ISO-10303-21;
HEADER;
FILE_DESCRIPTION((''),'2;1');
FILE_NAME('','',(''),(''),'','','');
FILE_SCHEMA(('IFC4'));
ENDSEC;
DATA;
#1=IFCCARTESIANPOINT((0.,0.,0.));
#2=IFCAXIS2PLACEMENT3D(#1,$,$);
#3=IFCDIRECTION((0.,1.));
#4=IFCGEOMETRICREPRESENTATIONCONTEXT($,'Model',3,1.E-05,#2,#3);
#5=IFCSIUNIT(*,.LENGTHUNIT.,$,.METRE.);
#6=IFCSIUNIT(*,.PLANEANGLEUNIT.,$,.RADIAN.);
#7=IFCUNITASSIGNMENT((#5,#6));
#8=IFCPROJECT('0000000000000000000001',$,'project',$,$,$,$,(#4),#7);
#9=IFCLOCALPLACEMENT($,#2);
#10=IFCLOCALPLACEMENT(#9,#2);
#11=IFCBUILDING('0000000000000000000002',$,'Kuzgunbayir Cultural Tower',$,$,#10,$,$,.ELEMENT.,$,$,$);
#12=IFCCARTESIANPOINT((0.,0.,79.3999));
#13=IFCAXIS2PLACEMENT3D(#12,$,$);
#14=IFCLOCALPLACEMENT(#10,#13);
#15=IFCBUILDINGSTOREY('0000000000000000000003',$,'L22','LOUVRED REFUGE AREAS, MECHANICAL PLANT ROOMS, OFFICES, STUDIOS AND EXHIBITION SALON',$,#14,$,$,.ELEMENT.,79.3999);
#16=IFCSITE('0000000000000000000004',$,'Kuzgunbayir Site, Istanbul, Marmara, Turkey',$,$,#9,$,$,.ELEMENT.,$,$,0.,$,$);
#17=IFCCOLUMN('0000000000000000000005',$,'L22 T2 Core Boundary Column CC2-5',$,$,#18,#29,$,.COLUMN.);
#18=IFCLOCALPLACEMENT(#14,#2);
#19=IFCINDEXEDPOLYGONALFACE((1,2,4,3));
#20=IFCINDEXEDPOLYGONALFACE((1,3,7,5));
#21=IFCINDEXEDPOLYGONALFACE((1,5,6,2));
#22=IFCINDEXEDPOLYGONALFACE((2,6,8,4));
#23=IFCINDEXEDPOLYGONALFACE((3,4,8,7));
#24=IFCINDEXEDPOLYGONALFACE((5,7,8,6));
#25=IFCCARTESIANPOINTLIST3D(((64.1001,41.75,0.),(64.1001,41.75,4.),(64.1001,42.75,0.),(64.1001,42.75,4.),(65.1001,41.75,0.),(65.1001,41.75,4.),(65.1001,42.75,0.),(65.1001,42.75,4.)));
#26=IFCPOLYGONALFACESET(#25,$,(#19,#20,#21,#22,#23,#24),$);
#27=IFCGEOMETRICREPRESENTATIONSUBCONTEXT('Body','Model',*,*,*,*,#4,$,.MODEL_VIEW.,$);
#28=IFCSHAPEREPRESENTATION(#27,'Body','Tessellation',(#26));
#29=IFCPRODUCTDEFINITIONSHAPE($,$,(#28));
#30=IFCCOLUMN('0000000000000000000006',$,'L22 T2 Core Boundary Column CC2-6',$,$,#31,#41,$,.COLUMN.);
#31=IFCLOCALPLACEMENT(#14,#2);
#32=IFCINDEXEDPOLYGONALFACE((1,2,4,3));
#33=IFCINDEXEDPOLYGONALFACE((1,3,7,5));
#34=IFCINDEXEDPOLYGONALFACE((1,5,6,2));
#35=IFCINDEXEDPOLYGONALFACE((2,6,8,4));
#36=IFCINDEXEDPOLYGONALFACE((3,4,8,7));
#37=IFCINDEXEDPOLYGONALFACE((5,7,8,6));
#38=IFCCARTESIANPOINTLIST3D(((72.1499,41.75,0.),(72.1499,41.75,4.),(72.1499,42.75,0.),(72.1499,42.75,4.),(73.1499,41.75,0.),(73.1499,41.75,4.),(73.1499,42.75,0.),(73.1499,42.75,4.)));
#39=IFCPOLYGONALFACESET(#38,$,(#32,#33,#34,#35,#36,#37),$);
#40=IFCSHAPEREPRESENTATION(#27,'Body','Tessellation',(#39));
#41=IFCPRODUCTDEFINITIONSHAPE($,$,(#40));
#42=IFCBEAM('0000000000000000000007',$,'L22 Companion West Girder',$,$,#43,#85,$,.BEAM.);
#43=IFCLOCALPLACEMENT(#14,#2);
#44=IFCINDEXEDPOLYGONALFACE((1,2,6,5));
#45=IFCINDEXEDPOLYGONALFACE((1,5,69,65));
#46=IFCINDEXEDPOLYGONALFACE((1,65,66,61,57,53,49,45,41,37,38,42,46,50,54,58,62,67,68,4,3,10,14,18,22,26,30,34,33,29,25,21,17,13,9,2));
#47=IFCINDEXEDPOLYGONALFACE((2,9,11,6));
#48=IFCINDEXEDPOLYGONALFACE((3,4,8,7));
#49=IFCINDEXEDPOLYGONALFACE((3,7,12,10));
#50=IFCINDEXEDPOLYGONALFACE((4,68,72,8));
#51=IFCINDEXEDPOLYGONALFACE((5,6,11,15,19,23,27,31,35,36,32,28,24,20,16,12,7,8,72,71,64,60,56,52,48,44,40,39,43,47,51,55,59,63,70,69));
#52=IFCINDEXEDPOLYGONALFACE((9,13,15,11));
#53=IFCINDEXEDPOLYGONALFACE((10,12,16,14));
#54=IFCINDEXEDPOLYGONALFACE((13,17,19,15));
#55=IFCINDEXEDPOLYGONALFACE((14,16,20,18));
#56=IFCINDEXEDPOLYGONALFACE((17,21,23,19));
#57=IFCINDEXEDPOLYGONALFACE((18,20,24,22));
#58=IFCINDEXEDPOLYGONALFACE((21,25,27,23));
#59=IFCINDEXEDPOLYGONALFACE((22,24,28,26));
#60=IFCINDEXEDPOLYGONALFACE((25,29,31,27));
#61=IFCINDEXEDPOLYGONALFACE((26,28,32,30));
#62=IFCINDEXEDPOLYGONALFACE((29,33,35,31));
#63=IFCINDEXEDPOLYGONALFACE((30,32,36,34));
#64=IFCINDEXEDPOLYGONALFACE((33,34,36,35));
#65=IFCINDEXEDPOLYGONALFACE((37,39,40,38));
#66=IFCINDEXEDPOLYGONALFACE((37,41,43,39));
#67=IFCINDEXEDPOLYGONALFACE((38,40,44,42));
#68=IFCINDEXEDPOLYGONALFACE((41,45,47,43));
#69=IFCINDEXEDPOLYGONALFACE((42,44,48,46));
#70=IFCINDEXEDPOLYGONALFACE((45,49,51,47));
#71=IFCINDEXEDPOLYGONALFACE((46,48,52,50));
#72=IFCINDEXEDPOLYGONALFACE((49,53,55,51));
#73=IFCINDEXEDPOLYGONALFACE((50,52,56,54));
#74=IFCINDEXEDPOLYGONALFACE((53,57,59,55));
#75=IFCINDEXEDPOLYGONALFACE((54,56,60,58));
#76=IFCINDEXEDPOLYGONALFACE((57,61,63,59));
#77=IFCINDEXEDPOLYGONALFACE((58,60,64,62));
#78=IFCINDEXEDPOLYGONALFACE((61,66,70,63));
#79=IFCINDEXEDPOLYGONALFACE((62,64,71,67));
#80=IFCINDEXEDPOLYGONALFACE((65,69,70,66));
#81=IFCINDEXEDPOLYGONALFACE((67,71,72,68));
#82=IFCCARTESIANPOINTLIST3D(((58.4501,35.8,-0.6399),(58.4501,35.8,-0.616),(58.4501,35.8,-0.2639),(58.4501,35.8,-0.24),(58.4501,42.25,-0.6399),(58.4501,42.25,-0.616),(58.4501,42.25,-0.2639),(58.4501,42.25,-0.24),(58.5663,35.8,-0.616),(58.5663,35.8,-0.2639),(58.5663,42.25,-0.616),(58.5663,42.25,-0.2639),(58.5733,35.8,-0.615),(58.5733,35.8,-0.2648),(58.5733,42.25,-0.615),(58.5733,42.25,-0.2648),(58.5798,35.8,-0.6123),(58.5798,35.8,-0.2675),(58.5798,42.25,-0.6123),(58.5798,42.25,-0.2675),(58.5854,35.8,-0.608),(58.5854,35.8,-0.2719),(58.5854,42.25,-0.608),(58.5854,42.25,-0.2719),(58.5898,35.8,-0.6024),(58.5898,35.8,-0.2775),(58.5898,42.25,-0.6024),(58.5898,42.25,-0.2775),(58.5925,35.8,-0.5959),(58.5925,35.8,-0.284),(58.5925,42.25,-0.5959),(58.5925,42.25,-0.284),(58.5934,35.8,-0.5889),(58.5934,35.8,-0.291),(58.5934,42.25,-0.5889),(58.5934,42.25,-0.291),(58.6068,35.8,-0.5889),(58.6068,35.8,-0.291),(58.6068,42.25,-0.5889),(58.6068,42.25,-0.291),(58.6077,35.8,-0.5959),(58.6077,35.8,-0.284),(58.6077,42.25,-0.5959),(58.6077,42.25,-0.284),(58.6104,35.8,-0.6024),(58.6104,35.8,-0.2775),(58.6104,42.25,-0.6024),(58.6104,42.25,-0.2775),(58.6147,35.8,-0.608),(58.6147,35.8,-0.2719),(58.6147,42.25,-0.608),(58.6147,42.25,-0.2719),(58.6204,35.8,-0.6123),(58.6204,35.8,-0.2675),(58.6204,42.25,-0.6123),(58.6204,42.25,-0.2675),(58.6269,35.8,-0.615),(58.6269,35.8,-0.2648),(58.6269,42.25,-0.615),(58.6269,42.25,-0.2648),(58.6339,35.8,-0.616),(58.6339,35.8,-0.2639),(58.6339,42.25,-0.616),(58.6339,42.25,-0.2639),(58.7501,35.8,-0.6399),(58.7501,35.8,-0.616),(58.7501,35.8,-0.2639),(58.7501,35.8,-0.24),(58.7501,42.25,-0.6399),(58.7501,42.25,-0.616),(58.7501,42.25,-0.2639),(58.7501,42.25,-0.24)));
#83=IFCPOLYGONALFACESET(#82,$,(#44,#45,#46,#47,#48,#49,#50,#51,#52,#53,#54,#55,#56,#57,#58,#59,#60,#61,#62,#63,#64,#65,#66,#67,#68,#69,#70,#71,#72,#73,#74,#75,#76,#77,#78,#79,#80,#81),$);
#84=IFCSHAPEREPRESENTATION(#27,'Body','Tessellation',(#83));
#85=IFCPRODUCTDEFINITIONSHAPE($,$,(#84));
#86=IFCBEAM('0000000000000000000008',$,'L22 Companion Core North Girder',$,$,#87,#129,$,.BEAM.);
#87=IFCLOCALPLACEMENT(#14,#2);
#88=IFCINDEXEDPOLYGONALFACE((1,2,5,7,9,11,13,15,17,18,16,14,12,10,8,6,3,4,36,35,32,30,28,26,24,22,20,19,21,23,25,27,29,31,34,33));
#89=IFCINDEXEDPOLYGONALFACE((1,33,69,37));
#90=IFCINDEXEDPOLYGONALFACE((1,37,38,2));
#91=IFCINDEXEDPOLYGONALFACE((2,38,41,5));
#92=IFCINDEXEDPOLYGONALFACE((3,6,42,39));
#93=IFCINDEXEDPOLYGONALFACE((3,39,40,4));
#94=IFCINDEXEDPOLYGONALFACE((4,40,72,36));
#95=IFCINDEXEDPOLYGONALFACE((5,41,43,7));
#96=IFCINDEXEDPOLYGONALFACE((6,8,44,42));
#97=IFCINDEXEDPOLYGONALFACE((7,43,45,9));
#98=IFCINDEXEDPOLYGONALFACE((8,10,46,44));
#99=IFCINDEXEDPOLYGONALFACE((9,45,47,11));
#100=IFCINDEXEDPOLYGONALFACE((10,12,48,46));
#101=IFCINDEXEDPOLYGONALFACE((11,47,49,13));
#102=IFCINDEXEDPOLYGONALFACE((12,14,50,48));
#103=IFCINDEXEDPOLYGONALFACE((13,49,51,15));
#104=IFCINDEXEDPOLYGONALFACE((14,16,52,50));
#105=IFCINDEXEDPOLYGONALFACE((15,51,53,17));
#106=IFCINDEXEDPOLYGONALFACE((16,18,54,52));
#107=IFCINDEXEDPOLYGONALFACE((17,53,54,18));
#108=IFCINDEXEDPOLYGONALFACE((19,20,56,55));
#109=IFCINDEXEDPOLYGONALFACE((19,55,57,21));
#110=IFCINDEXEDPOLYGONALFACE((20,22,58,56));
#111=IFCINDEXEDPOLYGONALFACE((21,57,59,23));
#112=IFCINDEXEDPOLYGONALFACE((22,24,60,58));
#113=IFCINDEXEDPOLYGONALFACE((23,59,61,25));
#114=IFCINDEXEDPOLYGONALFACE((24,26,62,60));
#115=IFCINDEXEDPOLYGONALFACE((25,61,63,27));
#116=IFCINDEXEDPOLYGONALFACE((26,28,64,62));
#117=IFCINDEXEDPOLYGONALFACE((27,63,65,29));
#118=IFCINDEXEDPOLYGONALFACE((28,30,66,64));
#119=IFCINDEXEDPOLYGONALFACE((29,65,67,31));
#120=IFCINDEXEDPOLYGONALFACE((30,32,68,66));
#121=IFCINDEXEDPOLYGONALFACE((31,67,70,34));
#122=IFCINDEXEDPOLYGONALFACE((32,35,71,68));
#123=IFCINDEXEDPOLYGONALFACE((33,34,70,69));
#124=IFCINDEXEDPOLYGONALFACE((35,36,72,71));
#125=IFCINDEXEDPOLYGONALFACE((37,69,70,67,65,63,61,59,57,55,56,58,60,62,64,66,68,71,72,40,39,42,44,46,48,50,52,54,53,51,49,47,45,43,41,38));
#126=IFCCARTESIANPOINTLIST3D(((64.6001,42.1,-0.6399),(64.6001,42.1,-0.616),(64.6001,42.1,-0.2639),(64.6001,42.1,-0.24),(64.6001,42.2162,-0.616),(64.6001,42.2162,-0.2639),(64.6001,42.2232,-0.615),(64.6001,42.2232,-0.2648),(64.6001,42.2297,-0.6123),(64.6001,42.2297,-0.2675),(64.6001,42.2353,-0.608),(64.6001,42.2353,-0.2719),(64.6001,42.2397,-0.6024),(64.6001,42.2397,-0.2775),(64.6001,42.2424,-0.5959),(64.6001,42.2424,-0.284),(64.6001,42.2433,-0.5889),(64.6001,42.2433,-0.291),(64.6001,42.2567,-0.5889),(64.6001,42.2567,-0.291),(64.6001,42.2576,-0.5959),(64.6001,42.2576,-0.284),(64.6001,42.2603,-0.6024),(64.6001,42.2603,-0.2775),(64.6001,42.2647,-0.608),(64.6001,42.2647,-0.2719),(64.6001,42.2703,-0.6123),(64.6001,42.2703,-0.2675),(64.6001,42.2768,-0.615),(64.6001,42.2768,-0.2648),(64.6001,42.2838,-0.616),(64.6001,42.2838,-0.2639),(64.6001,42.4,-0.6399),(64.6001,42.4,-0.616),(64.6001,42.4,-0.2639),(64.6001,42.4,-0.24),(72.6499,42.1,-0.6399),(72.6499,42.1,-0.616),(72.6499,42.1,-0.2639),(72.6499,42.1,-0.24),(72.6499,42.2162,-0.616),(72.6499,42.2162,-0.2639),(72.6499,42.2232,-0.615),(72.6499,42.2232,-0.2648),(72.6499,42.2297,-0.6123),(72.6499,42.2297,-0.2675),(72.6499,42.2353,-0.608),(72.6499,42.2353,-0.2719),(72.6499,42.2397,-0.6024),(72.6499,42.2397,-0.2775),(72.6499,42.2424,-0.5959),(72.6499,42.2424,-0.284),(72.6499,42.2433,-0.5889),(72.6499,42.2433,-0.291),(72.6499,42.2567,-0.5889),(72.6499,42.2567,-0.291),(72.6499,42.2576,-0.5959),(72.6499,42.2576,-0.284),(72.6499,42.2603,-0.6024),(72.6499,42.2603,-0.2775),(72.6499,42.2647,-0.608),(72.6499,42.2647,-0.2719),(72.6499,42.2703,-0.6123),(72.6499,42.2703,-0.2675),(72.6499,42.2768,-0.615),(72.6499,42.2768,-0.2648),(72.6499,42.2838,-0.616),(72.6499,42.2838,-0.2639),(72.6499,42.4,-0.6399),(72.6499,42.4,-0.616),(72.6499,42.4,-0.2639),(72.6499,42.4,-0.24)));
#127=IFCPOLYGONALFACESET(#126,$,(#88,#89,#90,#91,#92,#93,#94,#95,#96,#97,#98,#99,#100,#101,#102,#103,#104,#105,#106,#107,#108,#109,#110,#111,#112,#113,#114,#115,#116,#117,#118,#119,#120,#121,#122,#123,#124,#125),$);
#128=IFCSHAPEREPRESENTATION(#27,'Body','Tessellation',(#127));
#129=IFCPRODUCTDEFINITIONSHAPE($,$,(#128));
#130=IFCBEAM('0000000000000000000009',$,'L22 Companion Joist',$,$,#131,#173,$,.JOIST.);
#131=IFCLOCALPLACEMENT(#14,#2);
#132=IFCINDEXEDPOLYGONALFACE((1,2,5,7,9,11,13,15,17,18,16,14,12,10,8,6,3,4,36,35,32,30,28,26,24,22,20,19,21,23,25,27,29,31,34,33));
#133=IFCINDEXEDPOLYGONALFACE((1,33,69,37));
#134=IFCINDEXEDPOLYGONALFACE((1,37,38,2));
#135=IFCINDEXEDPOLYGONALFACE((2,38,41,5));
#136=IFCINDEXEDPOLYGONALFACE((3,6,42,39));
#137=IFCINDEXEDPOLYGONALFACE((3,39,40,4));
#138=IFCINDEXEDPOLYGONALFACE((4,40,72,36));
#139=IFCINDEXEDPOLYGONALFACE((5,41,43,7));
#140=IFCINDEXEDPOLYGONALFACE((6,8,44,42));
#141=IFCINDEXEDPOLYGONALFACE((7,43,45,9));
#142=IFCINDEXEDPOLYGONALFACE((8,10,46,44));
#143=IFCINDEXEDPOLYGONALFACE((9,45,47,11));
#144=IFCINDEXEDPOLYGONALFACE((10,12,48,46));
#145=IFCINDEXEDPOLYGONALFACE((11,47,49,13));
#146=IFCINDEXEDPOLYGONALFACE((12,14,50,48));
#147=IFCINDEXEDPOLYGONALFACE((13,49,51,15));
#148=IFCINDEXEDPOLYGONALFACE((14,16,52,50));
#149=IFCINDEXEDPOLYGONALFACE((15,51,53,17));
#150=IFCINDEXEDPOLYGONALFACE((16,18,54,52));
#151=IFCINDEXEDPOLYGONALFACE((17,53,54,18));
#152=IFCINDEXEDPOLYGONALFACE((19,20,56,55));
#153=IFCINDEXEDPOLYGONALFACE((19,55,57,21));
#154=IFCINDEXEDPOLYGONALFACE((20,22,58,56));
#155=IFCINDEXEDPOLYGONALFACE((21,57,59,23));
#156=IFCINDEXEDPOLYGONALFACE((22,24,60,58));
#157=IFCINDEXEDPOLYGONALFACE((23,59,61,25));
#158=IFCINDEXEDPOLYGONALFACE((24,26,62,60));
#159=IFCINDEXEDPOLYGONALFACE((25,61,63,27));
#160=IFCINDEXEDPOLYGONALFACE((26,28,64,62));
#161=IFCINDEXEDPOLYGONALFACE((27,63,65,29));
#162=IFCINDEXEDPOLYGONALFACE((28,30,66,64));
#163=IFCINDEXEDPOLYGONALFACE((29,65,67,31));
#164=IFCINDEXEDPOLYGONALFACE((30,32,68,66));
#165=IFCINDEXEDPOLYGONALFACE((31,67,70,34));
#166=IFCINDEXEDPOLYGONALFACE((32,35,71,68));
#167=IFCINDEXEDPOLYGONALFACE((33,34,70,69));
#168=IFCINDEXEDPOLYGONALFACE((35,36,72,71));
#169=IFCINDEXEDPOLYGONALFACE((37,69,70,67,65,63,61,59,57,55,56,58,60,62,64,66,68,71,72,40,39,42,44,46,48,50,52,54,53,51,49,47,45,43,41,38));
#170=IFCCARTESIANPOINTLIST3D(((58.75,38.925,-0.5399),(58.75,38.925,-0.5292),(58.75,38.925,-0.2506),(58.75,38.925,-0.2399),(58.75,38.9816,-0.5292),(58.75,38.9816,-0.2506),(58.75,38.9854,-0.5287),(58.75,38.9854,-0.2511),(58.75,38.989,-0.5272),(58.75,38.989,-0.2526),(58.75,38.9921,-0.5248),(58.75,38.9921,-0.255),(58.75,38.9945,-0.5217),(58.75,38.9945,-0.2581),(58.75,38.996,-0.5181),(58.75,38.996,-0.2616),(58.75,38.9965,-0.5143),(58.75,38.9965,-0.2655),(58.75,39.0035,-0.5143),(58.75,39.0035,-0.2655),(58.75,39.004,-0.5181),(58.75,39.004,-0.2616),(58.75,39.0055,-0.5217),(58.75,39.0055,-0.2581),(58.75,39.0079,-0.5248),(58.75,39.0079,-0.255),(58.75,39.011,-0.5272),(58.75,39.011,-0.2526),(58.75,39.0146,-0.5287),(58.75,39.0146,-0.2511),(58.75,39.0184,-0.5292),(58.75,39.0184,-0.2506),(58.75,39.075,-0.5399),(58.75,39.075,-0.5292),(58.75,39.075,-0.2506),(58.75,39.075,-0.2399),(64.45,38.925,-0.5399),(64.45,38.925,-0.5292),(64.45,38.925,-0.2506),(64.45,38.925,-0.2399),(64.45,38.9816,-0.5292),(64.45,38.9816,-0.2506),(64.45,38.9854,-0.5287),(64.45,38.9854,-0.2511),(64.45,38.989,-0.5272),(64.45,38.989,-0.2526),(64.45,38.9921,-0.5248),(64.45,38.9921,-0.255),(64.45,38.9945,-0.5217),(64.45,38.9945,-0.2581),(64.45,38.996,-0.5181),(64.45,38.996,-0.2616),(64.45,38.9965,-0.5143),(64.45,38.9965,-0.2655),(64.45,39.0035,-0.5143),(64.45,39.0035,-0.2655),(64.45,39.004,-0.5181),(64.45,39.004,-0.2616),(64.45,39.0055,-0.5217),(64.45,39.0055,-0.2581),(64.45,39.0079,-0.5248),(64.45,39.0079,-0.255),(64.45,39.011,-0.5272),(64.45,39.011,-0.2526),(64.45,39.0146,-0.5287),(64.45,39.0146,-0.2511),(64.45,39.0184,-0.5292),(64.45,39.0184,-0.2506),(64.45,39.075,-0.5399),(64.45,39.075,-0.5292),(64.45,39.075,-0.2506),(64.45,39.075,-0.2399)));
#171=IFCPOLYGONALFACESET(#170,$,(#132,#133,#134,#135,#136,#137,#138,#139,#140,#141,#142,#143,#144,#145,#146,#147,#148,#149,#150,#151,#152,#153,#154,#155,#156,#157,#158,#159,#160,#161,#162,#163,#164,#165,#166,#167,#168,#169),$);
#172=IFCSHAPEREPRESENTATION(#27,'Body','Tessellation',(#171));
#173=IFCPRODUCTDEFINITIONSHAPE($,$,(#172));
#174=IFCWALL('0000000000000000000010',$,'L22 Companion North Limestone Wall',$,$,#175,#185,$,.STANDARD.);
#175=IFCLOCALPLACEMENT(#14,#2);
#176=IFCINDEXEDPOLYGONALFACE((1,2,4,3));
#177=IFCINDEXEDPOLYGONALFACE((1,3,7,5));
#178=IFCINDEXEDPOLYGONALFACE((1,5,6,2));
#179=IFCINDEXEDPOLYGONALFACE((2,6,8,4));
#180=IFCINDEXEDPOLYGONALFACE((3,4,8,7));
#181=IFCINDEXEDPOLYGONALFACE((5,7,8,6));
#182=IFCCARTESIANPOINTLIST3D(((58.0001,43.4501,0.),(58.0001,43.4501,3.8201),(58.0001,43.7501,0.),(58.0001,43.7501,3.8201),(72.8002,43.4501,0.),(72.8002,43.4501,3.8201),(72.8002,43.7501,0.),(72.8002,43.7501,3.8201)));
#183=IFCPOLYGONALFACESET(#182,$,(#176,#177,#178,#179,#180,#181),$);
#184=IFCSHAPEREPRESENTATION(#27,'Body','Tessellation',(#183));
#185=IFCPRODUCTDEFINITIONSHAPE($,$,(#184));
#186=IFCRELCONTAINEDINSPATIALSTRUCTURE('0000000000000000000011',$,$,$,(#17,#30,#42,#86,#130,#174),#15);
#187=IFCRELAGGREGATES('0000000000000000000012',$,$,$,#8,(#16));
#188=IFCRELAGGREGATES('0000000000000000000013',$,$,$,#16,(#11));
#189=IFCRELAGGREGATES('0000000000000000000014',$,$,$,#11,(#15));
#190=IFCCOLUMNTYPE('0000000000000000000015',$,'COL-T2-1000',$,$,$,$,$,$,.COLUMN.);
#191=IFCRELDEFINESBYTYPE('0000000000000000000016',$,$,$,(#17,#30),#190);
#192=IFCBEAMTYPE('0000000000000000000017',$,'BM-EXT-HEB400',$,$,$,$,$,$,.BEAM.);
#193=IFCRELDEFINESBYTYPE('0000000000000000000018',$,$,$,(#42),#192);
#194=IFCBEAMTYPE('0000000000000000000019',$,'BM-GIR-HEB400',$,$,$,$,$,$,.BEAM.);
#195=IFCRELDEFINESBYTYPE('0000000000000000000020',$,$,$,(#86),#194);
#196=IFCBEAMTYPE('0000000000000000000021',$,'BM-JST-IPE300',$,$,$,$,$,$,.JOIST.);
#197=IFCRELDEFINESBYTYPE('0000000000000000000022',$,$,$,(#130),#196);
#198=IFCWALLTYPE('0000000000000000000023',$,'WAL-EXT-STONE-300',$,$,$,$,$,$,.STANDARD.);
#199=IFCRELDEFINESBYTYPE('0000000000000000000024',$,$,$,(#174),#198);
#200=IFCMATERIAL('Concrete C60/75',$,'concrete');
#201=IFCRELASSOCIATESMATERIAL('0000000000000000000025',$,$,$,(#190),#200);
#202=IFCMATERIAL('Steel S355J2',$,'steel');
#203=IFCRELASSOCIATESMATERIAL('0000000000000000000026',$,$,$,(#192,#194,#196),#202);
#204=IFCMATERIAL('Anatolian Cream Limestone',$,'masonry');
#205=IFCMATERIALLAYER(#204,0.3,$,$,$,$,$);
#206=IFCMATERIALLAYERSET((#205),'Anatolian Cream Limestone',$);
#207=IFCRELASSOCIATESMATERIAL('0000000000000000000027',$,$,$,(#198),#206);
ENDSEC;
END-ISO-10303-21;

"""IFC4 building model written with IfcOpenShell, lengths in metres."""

from ifc_helpers import new_model, si_unit, direction, frame, frame_2d, origin, origin_2d, place, context, subcontext, project, spatial, rectangle, i_section, extrude, material, layer, layer_set, material_profile, profile_set, type_object, element, save


model = new_model("IFC4")

# Units and contexts
model_context = context("Model", 3, precision=1e-05, world=origin(), true_north=direction((0.0, 1.0)))
body_context = subcontext(model_context, "Body", "Model", "MODEL_VIEW")
ifc_project = project(units=[si_unit("LENGTHUNIT", "METRE"), si_unit("PLANEANGLEUNIT", "RADIAN")], contexts=[model_context])

# Site, building, storey
site_placement = place(None, origin())
site = spatial("IfcSite", under=ifc_project, at=site_placement, Name="Kuzgunbayir Site, Istanbul, Marmara, Turkey", CompositionType="ELEMENT", RefElevation=0.0)
building_placement = place(site_placement, origin())
building = spatial("IfcBuilding", under=site, at=building_placement, Name="Kuzgunbayir Cultural Tower", CompositionType="ELEMENT")
storey_placement = place(building_placement, frame((0.0, 0.0, 79.3999)))
storey = spatial("IfcBuildingStorey", under=building, at=storey_placement, Name="L22", Description="LOUVRED REFUGE AREAS, MECHANICAL PLANT ROOMS, OFFICES, STUDIOS AND EXHIBITION SALON", CompositionType="ELEMENT", Elevation=79.3999)

# Columns
ifc_material_1 = material(Name="Concrete C60/75", Category="concrete")
ifc_material_profile_1 = material_profile(ifc_material_1, rectangle(XDim=1.0, YDim=1.0, at=origin_2d()), Name="RC 1000x1000")
ifc_profile_set_1 = profile_set([ifc_material_profile_1], Name="Concrete C60/75")
column_type = type_object("IfcColumnType", Name="COL-T2-1000", PredefinedType="COLUMN", material=ifc_profile_set_1)
for number, where, z_axis, x_axis, name in (
    (1, (64.6001, 42.25, 0.0), (0.0, 0.0, 1.0), (1.0, 0.0, 0.0), "L22 T2 Core Boundary Column CC2-5"),
    (2, (72.6499, 42.25, 0.0), (0.0, 0.0, 1.0), (1.0, 0.0, 0.0), "L22 T2 Core Boundary Column CC2-6"),
):
    element("IfcColumn", number, at=place(storey_placement, frame(where, z_axis=z_axis, x_axis=x_axis)), inside=storey, type_object=column_type, Name=name, PredefinedType="COLUMN", context=body_context, shape_type="SweptSolid", body=[
        extrude(rectangle(XDim=1.0, YDim=1.0, at=origin_2d()), origin(), (0.0, 0.0, 1.0), 4.0),
    ])

# Beams
ifc_material_2 = material(Name="Steel S355J2", Category="steel")
ifc_material_profile_2 = material_profile(ifc_material_2, i_section(OverallWidth=0.3, OverallDepth=0.3999, WebThickness=0.0134, FlangeThickness=0.0239, FilletRadius=0.0271, at=origin_2d()), Name="HEB 400")
ifc_profile_set_2 = profile_set([ifc_material_profile_2], Name="Steel S355J2")
beam_type_1 = type_object("IfcBeamType", Name="BM-EXT-HEB400", PredefinedType="BEAM", material=ifc_profile_set_2)
beam_1_placement = place(storey_placement, frame((58.6001, 35.8, -0.4399), z_axis=(0.0, 1.0, 0.0), x_axis=(-1.0, 0.0, 0.0)))
element("IfcBeam", 3, at=beam_1_placement, inside=storey, type_object=beam_type_1, Name="L22 Companion West Girder", PredefinedType="BEAM", context=body_context, shape_type="SweptSolid", body=[
    extrude(i_section(OverallWidth=0.3, OverallDepth=0.3999, WebThickness=0.0134, FlangeThickness=0.0239, FilletRadius=0.0271, at=origin_2d()), origin(), (0.0, 0.0, 1.0), 6.45),
])
ifc_material_profile_3 = material_profile(ifc_material_2, i_section(OverallWidth=0.3, OverallDepth=0.3999, WebThickness=0.0134, FlangeThickness=0.0239, FilletRadius=0.0271, at=origin_2d()), Name="HEB 400")
ifc_profile_set_3 = profile_set([ifc_material_profile_3], Name="Steel S355J2")
beam_type_2 = type_object("IfcBeamType", Name="BM-GIR-HEB400", PredefinedType="BEAM", material=ifc_profile_set_3)
beam_2_placement = place(storey_placement, frame((64.6001, 42.25, -0.4399), z_axis=(1.0, 0.0, 0.0), x_axis=(0.0, 1.0, 0.0)))
element("IfcBeam", 4, at=beam_2_placement, inside=storey, type_object=beam_type_2, Name="L22 Companion Core North Girder", PredefinedType="BEAM", context=body_context, shape_type="SweptSolid", body=[
    extrude(i_section(OverallWidth=0.3, OverallDepth=0.3999, WebThickness=0.0134, FlangeThickness=0.0239, FilletRadius=0.0271, at=origin_2d()), origin(), (0.0, 0.0, 1.0), 8.0498),
])
ifc_material_profile_4 = material_profile(ifc_material_2, i_section(OverallWidth=0.1499, OverallDepth=0.3, WebThickness=0.0071, FlangeThickness=0.0107, FilletRadius=0.0149, at=origin_2d()), Name="IPE 300")
ifc_profile_set_4 = profile_set([ifc_material_profile_4], Name="Steel S355J2")
beam_type_3 = type_object("IfcBeamType", Name="BM-JST-IPE300", PredefinedType="JOIST", material=ifc_profile_set_4)
beam_3_placement = place(storey_placement, frame((58.75, 39.0, -0.3899), z_axis=(1.0, 0.0, 0.0), x_axis=(0.0, 1.0, 0.0)))
element("IfcBeam", 5, at=beam_3_placement, inside=storey, type_object=beam_type_3, Name="L22 Companion Joist", PredefinedType="JOIST", context=body_context, shape_type="SweptSolid", body=[
    extrude(i_section(OverallWidth=0.1499, OverallDepth=0.3, WebThickness=0.0071, FlangeThickness=0.0107, FilletRadius=0.0149, at=origin_2d()), origin(), (0.0, 0.0, 1.0), 5.7),
])

# Wall
ifc_material_3 = material(Name="Anatolian Cream Limestone", Category="masonry")
ifc_layer_1 = layer(ifc_material_3, 0.3)
ifc_layer_set_1 = layer_set([ifc_layer_1], Name="Anatolian Cream Limestone")
wall_type_1 = type_object("IfcWallType", Name="WAL-EXT-STONE-300", PredefinedType="STANDARD", material=ifc_layer_set_1)
wall_1_placement = place(storey_placement, frame((72.8, 43.6001, 0.0), z_axis=(0.0, 0.0, 1.0), x_axis=(-1.0, 0.0, 0.0)))
element("IfcWall", 6, at=wall_1_placement, inside=storey, type_object=wall_type_1, Name="L22 Companion North Limestone Wall", PredefinedType="STANDARD", context=body_context, shape_type="SweptSolid", body=[
    extrude(rectangle(XDim=14.8, YDim=0.3, at=frame_2d((7.3999, 0.0))), origin(), (0.0, 0.0, 1.0), 3.8201),
])

save(model, "model.ifc")
